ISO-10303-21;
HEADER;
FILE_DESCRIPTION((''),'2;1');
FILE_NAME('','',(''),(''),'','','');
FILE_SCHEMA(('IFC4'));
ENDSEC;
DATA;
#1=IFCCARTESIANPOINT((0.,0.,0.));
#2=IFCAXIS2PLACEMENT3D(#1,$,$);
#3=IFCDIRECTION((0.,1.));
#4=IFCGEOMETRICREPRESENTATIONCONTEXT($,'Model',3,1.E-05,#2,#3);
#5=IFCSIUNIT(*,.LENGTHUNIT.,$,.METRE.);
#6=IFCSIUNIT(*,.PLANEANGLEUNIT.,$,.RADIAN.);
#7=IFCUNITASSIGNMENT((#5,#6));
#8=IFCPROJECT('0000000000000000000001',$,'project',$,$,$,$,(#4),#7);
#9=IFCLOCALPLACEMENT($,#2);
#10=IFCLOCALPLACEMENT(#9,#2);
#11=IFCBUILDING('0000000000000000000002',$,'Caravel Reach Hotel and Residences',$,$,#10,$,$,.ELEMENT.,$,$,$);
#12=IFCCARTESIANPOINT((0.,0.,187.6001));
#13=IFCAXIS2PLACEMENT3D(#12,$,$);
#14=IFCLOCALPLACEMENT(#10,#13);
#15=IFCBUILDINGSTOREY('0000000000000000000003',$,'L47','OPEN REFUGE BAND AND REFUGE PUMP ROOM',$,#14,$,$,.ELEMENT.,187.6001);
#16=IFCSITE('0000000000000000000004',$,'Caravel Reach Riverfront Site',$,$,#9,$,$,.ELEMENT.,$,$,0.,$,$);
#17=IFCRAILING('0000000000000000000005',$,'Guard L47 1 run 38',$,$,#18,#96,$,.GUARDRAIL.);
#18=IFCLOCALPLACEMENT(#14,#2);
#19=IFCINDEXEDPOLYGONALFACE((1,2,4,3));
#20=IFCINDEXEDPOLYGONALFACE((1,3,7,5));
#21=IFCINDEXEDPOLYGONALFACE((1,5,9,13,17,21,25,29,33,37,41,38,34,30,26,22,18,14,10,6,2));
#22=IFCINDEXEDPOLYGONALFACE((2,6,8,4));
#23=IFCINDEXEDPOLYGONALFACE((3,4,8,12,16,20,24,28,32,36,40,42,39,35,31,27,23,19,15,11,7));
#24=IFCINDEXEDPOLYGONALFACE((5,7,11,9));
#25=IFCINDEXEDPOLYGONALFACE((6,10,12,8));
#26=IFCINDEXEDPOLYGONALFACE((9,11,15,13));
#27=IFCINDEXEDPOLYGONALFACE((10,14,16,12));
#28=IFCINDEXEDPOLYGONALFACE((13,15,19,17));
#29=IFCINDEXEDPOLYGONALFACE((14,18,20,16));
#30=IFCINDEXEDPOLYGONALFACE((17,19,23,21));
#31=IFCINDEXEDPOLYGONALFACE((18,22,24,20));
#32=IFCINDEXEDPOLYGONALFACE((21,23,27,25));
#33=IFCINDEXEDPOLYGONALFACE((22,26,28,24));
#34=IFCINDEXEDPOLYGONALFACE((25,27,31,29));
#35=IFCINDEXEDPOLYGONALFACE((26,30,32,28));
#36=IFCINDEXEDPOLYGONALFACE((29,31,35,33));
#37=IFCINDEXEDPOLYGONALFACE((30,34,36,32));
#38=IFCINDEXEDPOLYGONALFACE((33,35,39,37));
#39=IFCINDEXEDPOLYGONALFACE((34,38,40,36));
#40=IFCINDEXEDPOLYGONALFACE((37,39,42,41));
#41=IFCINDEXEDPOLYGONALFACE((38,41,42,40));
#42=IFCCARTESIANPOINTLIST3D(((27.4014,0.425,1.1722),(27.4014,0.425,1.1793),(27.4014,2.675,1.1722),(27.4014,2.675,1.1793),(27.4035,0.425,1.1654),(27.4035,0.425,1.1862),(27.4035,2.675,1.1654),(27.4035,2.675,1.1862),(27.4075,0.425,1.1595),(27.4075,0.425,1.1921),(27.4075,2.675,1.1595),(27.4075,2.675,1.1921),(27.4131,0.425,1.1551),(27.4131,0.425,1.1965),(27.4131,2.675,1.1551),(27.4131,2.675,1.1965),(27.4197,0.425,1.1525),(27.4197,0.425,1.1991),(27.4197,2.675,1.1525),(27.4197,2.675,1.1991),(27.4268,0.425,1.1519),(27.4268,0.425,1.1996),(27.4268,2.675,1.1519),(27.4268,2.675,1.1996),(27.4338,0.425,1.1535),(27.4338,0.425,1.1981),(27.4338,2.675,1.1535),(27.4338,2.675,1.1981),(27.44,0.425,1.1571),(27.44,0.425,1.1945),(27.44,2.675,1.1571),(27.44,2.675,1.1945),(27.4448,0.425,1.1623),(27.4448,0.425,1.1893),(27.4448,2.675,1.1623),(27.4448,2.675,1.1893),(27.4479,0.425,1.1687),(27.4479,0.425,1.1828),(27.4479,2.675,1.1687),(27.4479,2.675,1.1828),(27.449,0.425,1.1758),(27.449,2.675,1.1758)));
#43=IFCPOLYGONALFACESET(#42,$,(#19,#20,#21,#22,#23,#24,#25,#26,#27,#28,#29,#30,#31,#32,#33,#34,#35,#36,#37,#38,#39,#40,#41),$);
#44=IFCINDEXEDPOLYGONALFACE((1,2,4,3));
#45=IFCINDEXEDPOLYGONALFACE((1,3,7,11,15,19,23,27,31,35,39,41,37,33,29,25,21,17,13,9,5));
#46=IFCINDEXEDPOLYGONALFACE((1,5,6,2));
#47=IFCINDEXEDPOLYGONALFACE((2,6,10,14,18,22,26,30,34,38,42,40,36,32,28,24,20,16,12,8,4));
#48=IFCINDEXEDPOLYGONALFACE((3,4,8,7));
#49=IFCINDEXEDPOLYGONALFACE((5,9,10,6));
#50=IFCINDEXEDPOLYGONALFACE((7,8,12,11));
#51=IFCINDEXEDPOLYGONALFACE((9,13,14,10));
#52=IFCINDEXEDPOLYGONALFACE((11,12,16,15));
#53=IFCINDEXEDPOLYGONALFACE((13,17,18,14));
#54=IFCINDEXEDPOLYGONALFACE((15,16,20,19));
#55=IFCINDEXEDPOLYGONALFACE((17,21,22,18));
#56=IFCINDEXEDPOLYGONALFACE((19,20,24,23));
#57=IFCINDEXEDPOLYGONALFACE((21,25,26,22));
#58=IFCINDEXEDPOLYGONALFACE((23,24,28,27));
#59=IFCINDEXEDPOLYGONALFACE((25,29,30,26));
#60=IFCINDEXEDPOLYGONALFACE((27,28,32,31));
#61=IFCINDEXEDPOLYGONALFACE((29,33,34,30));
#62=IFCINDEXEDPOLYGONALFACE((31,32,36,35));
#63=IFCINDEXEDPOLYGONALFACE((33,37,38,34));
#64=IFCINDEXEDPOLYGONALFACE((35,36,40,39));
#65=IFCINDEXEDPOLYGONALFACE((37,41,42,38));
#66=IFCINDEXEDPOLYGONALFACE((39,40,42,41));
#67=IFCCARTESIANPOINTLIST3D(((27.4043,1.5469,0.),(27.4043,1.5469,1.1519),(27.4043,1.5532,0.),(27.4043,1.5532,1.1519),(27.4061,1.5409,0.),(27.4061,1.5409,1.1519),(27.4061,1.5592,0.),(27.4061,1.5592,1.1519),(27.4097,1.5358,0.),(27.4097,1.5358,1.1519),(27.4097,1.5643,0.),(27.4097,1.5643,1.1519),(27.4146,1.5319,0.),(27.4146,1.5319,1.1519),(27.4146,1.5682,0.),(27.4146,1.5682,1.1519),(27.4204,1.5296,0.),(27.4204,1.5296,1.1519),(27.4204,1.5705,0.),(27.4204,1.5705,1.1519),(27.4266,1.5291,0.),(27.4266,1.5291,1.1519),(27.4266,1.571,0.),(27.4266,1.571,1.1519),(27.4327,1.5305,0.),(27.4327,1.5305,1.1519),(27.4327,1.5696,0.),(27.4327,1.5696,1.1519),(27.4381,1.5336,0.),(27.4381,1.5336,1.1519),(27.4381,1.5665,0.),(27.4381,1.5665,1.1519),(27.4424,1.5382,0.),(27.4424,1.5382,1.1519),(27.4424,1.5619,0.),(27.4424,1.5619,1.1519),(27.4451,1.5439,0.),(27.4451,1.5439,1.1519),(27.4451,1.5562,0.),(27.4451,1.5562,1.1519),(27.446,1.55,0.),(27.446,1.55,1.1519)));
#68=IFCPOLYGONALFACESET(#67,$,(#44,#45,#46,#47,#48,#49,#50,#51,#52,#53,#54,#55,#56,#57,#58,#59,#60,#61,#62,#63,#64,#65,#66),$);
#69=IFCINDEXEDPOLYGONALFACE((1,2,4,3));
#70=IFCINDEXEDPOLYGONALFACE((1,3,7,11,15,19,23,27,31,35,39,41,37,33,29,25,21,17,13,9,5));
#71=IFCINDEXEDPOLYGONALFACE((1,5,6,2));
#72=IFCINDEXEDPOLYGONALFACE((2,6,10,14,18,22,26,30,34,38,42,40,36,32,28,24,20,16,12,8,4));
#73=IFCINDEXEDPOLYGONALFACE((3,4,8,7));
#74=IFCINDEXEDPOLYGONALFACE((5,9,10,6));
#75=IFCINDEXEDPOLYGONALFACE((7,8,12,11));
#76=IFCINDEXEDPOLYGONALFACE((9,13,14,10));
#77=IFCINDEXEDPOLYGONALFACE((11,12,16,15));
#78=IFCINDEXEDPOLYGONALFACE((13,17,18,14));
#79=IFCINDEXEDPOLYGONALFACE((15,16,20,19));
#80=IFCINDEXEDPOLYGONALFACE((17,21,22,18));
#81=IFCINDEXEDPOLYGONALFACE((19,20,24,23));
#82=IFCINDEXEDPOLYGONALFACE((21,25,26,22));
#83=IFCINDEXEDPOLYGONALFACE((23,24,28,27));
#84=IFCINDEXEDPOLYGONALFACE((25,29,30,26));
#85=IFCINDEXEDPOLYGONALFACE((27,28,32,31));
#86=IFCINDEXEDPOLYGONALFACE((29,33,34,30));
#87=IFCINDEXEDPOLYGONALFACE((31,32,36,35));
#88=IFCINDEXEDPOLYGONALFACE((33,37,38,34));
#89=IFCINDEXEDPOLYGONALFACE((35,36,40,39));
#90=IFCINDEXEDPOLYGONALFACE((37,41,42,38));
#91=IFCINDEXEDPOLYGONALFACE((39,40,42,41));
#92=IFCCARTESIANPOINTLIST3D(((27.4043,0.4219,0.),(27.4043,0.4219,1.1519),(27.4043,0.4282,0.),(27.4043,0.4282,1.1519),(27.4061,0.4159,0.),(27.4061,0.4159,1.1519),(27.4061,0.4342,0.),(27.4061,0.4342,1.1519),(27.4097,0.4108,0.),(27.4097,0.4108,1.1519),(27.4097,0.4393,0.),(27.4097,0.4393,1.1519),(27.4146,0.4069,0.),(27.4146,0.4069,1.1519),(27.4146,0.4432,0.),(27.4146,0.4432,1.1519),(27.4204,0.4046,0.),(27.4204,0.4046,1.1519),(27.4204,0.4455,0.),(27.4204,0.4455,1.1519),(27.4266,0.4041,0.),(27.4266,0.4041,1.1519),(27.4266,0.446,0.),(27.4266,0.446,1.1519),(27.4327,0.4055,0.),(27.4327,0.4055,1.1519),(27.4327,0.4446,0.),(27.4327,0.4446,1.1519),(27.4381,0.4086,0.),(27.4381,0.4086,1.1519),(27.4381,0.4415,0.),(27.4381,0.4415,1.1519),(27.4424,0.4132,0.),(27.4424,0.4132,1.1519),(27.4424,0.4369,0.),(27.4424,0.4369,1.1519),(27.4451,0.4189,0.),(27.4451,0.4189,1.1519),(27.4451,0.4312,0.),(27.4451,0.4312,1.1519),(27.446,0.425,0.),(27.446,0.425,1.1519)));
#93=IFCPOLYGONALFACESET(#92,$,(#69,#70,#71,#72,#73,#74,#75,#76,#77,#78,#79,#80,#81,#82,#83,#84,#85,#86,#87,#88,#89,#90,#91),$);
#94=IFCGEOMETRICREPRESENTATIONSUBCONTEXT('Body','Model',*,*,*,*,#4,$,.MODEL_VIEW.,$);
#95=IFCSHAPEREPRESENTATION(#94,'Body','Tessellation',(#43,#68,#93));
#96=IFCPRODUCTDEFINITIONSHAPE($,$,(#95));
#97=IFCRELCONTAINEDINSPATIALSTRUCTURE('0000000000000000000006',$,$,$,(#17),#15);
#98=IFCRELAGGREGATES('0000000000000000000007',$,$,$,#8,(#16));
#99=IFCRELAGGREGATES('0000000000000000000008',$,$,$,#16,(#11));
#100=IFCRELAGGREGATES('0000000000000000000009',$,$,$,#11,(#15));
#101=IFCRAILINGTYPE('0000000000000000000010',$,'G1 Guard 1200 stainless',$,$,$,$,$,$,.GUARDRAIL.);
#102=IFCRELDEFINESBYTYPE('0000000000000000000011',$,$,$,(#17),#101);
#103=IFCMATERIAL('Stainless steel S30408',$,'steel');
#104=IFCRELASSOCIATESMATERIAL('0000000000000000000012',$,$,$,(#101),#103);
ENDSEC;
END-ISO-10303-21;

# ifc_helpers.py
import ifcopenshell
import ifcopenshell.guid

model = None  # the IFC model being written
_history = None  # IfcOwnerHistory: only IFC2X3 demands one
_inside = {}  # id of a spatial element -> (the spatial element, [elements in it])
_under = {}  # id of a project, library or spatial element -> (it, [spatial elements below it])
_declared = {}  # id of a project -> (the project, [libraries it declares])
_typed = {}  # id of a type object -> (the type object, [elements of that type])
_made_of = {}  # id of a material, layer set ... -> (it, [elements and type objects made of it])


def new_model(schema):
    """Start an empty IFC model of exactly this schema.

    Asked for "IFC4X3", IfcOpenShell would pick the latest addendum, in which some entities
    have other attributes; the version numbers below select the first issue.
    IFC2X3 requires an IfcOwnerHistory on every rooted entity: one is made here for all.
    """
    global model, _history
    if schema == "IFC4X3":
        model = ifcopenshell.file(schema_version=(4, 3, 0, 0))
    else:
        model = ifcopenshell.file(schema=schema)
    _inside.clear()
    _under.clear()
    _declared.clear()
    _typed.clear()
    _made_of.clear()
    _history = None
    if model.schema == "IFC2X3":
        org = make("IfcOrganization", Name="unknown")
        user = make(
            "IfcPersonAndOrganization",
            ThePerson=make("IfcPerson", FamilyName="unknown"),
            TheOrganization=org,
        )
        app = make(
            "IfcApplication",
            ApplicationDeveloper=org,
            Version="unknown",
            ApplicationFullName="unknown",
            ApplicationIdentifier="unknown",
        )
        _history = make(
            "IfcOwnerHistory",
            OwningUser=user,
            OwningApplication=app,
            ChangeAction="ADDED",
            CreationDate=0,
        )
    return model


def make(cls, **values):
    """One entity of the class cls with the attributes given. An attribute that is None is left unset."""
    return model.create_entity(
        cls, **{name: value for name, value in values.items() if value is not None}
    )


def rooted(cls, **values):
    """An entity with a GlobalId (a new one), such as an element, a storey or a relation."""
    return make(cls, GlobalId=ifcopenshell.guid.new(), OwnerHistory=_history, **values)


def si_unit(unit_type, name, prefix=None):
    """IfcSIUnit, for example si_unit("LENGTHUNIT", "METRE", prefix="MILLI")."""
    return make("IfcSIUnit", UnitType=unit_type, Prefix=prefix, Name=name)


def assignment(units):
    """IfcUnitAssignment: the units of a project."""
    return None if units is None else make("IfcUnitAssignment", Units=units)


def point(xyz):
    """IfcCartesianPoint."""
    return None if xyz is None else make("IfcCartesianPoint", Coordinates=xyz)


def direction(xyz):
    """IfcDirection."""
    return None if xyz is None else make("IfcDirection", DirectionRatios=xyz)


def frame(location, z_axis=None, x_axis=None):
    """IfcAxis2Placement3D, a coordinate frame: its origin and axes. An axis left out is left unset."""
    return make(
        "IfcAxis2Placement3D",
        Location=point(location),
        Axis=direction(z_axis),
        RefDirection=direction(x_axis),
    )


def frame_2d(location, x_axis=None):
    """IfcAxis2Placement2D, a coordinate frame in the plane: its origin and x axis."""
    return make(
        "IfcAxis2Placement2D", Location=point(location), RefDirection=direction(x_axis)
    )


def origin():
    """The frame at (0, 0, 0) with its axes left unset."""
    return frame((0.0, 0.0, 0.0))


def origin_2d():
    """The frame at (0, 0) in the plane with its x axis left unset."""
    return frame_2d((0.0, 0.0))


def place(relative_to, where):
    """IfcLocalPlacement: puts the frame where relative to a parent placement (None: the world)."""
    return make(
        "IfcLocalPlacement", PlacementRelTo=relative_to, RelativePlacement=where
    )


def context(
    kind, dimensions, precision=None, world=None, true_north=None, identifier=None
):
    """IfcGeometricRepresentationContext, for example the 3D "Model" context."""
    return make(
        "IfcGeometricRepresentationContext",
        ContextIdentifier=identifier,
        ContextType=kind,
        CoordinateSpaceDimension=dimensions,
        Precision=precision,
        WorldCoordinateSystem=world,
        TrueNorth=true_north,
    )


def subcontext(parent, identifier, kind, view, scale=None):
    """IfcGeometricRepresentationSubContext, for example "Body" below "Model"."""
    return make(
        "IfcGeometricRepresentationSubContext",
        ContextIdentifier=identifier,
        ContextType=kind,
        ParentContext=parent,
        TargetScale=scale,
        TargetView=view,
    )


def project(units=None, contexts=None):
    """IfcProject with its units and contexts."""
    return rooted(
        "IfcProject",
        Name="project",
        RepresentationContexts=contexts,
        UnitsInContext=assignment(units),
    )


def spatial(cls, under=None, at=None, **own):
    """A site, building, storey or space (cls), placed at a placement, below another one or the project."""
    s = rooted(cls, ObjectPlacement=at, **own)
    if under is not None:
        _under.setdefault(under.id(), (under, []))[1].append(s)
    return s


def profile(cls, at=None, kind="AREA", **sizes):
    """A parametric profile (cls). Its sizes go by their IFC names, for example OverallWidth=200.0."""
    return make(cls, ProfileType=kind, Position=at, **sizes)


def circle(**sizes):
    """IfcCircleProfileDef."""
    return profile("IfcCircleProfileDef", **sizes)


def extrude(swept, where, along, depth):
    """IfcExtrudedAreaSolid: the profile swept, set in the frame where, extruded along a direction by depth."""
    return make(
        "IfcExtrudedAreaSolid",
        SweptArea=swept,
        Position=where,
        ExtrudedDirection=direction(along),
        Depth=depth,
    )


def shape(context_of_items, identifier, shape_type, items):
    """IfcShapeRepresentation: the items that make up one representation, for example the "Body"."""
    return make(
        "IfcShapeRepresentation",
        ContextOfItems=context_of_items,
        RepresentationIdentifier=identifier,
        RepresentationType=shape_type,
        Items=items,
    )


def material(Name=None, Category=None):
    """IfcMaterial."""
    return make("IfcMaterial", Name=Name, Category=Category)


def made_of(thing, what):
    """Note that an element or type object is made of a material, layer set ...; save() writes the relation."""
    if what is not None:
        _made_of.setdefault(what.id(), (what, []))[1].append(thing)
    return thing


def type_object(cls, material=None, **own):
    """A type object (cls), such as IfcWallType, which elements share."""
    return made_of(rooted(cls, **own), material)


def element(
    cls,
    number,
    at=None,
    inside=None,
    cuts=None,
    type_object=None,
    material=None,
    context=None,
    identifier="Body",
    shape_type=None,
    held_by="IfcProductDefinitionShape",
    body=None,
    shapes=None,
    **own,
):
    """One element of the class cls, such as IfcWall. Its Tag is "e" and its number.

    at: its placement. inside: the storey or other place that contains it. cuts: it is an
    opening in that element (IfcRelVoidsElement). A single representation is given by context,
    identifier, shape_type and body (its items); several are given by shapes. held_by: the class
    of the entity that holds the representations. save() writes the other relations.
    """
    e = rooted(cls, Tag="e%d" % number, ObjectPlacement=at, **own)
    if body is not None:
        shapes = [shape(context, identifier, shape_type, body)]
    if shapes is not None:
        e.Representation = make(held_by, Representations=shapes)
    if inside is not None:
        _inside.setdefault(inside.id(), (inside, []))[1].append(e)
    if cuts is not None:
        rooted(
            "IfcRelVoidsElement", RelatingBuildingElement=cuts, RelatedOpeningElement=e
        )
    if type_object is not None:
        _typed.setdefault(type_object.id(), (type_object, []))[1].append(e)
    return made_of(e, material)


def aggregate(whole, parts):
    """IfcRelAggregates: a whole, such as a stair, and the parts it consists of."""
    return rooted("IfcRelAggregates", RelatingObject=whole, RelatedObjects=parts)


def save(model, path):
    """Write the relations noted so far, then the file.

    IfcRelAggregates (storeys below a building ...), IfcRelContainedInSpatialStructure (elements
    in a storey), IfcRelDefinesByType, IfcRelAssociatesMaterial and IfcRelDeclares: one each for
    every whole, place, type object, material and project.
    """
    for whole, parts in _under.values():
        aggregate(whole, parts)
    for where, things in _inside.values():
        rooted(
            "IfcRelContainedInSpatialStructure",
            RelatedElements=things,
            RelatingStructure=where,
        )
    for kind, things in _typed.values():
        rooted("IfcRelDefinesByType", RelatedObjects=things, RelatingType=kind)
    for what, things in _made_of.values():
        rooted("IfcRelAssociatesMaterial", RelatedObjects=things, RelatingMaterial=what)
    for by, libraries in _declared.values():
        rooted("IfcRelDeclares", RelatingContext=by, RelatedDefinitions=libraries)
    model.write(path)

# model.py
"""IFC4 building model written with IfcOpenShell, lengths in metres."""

from ifc_helpers import new_model, si_unit, direction, frame, origin, origin_2d, place, context, subcontext, project, spatial, circle, extrude, material, type_object, element, save


model = new_model("IFC4")

# Units and contexts
model_context = context("Model", 3, precision=1e-05, world=origin(), true_north=direction((0.0, 1.0)))
body_context = subcontext(model_context, "Body", "Model", "MODEL_VIEW")
ifc_project = project(units=[si_unit("LENGTHUNIT", "METRE"), si_unit("PLANEANGLEUNIT", "RADIAN")], contexts=[model_context])

# Site, building, storey
site_placement = place(None, origin())
site = spatial("IfcSite", under=ifc_project, at=site_placement, Name="Caravel Reach Riverfront Site", CompositionType="ELEMENT", RefElevation=0.0)
building_placement = place(site_placement, origin())
building = spatial("IfcBuilding", under=site, at=building_placement, Name="Caravel Reach Hotel and Residences", CompositionType="ELEMENT")
storey_placement = place(building_placement, frame((0.0, 0.0, 187.6001)))
storey = spatial("IfcBuildingStorey", under=building, at=storey_placement, Name="L47", Description="OPEN REFUGE BAND AND REFUGE PUMP ROOM", CompositionType="ELEMENT", Elevation=187.6001)

# Railing
ifc_material_1 = material(Name="Stainless steel S30408", Category="steel")
railing_type = type_object("IfcRailingType", Name="G1 Guard 1200 stainless", PredefinedType="GUARDRAIL", material=ifc_material_1)
railing_1_placement = place(storey_placement, frame((27.425, 2.675, 0.0)))
element("IfcRailing", 1, at=railing_1_placement, inside=storey, type_object=railing_type, Name="Guard L47 1 run 38", PredefinedType="GUARDRAIL", context=body_context, shape_type="SweptSolid", body=[
    extrude(circle(Radius=0.0239, at=origin_2d()), frame((0.0, 0.0, 1.1758), z_axis=(0.0, -1.0, 0.0), x_axis=(1.0, 0.0, 0.0)), (0.0, 0.0, 1.0), 2.25),
    extrude(circle(Radius=0.021, at=origin_2d()), frame((0.0, -1.125, 0.0)), (0.0, 0.0, 1.0), 1.1519),
    extrude(circle(Radius=0.021, at=origin_2d()), frame((0.0, -2.25, 0.0)), (0.0, 0.0, 1.0), 1.1519),
])

save(model, "model.ifc")
